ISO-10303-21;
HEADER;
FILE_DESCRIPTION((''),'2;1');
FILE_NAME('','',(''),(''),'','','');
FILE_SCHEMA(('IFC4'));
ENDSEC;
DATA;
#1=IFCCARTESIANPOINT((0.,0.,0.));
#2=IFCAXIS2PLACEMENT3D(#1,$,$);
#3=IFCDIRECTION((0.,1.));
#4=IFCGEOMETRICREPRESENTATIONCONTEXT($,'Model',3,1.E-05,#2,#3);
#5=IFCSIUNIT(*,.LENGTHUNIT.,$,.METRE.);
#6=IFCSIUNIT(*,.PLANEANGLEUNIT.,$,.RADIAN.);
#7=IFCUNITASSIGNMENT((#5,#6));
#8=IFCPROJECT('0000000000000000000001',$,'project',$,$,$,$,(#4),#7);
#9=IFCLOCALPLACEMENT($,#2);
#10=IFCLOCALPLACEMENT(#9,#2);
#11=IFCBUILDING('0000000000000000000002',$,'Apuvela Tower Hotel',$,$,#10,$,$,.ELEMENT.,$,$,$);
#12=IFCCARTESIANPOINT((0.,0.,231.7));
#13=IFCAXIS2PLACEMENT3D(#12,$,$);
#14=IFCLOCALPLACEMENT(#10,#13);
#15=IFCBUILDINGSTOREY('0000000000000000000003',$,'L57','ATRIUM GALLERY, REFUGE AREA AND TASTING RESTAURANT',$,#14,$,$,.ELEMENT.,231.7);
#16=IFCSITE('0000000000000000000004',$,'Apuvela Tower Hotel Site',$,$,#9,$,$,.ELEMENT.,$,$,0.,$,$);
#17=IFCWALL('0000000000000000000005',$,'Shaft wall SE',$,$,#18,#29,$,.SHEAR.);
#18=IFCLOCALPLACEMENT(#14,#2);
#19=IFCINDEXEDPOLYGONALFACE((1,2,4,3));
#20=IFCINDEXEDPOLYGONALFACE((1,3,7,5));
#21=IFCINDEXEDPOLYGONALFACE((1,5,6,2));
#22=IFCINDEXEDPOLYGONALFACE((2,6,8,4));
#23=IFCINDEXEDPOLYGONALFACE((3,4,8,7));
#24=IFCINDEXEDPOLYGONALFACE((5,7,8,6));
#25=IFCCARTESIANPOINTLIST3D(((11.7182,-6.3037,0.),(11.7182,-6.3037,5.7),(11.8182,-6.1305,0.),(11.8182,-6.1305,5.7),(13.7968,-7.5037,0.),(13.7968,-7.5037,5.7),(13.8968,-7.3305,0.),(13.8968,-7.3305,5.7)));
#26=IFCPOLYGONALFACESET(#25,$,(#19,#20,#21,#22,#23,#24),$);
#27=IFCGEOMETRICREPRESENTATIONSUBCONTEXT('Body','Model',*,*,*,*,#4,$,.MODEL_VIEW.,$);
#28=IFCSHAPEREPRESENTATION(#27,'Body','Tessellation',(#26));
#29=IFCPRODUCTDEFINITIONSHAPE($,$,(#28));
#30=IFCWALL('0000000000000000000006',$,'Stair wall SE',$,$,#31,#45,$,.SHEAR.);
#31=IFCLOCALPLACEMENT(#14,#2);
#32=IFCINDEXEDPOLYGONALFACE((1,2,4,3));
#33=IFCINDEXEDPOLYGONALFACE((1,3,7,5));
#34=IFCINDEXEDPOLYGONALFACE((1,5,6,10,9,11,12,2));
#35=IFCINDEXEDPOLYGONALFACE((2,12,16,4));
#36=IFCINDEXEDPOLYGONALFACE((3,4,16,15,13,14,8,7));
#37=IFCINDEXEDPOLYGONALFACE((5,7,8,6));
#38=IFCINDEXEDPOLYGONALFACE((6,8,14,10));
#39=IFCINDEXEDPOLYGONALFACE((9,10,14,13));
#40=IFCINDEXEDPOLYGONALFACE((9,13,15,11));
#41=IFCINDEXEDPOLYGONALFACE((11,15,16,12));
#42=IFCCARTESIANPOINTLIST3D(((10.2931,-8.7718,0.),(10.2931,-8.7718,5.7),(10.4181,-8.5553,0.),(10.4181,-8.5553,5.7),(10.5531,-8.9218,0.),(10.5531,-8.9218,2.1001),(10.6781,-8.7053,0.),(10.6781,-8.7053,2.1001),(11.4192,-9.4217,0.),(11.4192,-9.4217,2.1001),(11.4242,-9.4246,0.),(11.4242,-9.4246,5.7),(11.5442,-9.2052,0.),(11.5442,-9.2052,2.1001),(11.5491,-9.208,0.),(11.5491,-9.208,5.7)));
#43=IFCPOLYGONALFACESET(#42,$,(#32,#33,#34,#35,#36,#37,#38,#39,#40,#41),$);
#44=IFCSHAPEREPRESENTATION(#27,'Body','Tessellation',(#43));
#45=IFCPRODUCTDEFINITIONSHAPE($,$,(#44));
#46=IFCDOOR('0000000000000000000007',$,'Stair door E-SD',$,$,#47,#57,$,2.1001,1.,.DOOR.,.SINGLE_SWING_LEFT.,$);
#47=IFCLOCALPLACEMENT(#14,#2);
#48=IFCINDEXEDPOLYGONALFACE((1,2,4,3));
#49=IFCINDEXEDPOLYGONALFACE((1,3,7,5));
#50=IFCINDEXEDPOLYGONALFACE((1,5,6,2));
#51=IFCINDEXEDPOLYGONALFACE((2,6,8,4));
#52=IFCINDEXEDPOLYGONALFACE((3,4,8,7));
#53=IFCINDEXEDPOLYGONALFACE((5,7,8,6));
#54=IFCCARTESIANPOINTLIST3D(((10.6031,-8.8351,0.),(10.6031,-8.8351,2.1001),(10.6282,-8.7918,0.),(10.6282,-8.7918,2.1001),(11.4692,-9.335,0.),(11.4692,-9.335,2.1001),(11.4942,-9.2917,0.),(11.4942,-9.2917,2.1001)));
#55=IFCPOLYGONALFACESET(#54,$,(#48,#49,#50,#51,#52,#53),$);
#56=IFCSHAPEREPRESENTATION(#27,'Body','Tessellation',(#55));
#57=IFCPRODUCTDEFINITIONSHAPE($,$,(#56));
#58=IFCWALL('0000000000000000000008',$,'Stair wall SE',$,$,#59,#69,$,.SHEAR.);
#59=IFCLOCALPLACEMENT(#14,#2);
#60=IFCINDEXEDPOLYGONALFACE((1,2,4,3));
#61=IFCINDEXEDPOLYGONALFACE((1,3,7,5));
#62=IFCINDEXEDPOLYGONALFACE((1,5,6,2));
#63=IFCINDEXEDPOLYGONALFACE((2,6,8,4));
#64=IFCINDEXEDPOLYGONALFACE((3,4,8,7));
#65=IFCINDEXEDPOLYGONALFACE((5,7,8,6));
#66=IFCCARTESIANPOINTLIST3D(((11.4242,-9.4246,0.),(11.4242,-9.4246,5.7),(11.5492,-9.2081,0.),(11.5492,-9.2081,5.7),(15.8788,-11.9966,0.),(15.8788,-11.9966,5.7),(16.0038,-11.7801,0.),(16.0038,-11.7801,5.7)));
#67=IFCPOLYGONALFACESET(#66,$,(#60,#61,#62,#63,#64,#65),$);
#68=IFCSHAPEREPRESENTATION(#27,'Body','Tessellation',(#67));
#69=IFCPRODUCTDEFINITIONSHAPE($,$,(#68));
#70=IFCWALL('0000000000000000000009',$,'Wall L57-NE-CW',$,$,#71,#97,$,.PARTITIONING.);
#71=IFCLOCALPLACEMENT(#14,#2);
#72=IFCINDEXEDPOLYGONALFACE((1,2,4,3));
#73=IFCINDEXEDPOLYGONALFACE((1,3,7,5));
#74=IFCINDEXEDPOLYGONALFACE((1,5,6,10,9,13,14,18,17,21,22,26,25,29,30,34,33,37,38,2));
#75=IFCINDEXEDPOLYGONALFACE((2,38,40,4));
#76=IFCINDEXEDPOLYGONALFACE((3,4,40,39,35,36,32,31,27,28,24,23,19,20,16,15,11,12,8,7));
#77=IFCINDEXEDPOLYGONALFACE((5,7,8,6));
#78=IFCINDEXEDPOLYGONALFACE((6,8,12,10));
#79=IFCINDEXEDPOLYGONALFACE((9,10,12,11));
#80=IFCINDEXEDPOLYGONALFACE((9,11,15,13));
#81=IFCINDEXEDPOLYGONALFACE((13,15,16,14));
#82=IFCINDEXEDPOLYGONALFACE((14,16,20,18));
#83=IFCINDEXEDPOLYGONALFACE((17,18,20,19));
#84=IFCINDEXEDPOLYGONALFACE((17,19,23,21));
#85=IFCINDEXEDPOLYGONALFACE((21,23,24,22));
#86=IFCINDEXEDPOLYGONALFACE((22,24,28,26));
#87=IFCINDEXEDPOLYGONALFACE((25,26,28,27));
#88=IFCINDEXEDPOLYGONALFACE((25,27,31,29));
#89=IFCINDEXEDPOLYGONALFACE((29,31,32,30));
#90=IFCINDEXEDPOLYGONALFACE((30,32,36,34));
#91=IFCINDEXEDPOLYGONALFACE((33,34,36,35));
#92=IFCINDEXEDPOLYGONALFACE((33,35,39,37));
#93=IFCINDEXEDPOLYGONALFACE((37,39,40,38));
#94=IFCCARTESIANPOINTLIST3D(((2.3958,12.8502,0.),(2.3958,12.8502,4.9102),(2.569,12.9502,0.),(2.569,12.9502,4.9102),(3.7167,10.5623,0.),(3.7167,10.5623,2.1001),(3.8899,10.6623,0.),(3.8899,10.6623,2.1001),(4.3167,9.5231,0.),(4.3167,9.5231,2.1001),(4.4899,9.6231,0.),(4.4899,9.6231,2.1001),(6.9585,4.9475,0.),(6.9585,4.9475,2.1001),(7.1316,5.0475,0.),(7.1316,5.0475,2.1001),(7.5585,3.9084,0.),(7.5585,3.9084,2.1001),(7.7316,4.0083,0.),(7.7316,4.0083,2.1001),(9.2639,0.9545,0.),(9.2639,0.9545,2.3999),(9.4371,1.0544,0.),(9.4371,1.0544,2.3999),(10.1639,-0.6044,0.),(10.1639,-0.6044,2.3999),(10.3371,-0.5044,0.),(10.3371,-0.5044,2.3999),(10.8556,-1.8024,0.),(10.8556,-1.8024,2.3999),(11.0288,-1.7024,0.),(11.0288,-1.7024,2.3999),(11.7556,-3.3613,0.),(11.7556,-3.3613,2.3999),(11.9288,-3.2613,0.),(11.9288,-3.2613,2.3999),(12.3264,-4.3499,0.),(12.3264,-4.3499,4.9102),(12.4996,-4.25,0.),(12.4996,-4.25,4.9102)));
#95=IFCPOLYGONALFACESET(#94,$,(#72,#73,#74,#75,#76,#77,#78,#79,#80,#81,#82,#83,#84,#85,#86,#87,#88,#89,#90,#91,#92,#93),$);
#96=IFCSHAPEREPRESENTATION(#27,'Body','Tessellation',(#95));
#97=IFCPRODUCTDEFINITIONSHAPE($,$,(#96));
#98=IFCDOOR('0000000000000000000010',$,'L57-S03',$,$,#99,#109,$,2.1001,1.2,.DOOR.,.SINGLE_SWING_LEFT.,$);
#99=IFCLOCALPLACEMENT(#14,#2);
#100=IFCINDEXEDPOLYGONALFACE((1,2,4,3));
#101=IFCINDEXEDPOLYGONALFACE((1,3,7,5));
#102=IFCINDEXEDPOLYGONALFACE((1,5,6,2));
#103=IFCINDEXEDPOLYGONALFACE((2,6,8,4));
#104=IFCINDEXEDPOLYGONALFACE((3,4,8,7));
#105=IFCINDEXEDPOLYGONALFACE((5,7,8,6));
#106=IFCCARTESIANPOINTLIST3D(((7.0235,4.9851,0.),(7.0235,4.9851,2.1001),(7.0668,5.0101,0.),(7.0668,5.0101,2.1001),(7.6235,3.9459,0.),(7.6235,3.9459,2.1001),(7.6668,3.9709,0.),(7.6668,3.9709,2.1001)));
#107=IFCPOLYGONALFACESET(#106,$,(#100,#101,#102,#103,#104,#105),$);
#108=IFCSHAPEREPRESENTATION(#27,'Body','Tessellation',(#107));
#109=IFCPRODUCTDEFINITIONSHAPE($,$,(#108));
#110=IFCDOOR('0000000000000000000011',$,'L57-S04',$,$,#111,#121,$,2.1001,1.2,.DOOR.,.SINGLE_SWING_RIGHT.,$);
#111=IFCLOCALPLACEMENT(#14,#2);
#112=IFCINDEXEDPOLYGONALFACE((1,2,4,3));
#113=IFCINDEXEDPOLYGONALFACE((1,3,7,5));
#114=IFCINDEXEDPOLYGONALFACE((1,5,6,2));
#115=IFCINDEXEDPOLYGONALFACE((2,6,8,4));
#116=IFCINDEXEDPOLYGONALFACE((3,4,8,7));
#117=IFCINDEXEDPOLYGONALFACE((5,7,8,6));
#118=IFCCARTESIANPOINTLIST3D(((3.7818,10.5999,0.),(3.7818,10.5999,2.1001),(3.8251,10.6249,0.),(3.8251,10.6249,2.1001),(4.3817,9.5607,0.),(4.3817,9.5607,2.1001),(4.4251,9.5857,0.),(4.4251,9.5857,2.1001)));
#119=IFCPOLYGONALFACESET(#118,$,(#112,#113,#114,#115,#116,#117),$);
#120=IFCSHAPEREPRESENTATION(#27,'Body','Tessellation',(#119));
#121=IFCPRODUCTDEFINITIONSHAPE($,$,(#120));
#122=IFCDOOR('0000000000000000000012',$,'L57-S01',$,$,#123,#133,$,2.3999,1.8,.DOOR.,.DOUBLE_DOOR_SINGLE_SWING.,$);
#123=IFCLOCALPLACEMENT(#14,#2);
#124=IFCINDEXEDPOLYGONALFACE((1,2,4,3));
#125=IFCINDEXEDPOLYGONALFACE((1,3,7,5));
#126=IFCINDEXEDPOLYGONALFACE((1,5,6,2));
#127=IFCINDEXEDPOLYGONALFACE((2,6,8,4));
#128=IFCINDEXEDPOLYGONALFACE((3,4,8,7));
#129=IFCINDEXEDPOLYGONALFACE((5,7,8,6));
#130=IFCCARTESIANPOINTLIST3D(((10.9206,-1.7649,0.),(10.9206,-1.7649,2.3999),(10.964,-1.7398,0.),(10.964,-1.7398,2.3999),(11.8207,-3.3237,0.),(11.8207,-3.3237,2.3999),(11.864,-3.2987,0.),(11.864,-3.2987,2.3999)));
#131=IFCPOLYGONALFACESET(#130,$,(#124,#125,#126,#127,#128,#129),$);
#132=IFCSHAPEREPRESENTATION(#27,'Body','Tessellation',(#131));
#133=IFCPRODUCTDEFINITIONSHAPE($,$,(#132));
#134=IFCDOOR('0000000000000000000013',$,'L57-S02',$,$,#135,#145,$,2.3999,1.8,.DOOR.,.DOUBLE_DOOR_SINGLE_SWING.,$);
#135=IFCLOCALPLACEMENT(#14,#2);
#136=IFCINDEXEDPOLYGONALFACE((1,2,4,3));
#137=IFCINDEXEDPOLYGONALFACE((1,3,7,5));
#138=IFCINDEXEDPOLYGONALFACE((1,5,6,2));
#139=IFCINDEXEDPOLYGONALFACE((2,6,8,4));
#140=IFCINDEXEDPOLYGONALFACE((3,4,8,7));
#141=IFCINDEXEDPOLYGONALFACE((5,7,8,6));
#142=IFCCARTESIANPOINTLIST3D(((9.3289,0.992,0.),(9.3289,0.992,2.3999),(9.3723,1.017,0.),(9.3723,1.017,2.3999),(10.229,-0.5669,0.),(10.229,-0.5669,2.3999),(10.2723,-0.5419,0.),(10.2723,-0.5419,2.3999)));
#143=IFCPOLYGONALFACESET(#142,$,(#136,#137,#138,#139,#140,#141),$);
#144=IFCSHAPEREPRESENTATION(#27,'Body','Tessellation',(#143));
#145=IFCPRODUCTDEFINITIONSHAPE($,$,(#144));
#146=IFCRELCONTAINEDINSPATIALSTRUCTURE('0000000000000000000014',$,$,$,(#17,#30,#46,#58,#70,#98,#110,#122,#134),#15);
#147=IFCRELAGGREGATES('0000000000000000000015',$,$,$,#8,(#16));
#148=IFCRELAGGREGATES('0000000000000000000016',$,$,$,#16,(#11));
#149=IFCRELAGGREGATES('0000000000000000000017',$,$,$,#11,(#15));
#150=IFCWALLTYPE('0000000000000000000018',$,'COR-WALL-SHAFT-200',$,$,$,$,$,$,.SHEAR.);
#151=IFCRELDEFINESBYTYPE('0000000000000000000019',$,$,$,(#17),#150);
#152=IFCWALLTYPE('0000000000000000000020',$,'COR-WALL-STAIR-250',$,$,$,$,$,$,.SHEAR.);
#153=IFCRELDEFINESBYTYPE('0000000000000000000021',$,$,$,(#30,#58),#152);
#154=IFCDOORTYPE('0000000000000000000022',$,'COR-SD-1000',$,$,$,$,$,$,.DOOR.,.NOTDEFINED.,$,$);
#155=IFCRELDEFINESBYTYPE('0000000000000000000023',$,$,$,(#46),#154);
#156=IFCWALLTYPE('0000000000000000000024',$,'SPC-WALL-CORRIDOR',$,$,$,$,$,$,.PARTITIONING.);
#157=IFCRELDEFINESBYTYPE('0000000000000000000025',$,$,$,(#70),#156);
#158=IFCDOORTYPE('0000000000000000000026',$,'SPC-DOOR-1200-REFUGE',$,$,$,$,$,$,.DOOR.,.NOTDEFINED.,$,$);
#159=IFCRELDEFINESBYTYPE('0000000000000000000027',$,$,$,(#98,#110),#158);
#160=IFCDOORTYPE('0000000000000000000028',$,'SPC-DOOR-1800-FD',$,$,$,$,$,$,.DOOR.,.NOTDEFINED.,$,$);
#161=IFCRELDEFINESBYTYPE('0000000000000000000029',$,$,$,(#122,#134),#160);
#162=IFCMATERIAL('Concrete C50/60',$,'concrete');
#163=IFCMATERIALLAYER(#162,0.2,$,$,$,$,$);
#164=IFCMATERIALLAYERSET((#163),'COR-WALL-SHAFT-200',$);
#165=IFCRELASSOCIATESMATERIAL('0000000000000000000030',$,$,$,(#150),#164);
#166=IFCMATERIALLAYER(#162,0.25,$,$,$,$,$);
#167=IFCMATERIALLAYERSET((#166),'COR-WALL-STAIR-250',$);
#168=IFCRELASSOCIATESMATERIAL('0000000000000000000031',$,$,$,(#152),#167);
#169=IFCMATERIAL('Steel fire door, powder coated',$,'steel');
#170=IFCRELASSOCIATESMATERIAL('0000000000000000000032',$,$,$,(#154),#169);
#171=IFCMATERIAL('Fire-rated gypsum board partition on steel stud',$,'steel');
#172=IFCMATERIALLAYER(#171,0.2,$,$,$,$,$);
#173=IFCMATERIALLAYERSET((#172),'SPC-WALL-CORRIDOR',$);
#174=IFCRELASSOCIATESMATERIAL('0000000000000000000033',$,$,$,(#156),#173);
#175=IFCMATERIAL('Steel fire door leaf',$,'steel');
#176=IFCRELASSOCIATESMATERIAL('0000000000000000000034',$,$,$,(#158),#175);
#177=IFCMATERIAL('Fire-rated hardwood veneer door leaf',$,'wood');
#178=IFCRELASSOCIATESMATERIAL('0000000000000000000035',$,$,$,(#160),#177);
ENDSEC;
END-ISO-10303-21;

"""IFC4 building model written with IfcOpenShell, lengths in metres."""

from ifc_helpers import new_model, si_unit, direction, frame, frame_2d, origin, place, context, subcontext, project, spatial, rectangle, extrude, material, layer, layer_set, type_object, element, fill, save


model = new_model("IFC4")

# Units and contexts
model_context = context("Model", 3, precision=1e-05, world=origin(), true_north=direction((0.0, 1.0)))
body_context = subcontext(model_context, "Body", "Model", "MODEL_VIEW")
ifc_project = project(units=[si_unit("LENGTHUNIT", "METRE"), si_unit("PLANEANGLEUNIT", "RADIAN")], contexts=[model_context])

# Site, building, storey
site_placement = place(None, origin())
site = spatial("IfcSite", under=ifc_project, at=site_placement, Name="Apuvela Tower Hotel Site", CompositionType="ELEMENT", RefElevation=0.0)
building_placement = place(site_placement, origin())
building = spatial("IfcBuilding", under=site, at=building_placement, Name="Apuvela Tower Hotel", CompositionType="ELEMENT")
storey_placement = place(building_placement, frame((0.0, 0.0, 231.7)))
storey = spatial("IfcBuildingStorey", under=building, at=storey_placement, Name="L57", Description="ATRIUM GALLERY, REFUGE AREA AND TASTING RESTAURANT", CompositionType="ELEMENT", Elevation=231.7)

# Shared definitions
ifc_material_1 = material(Name="Concrete C50/60", Category="concrete")

# Shared definitions
ifc_material_2 = material(Name="Steel fire door, powder coated", Category="steel")

# Shared definitions
ifc_layer_1 = layer(ifc_material_1, 0.2)
ifc_layer_set_1 = layer_set([ifc_layer_1], Name="COR-WALL-SHAFT-200")
wall_type_1 = type_object("IfcWallType", Name="COR-WALL-SHAFT-200", PredefinedType="SHEAR", material=ifc_layer_set_1)

# Wall
wall_1_placement = place(storey_placement, frame((11.7681, -6.217, 0.0), z_axis=(0.0, 0.0, 1.0), x_axis=(0.86605, -0.499957, 0.0)))
element("IfcWall", 1, at=wall_1_placement, inside=storey, type_object=wall_type_1, Name="Shaft wall SE", PredefinedType="SHEAR", context=body_context, shape_type="SweptSolid", body=[
    extrude(rectangle(XDim=2.4001, YDim=0.2, at=frame_2d((1.2002, 0.0))), origin(), (0.0, 0.0, 1.0), 5.7),
])

# Wall, opening, door
ifc_layer_2 = layer(ifc_material_1, 0.25)
ifc_layer_set_2 = layer_set([ifc_layer_2], Name="COR-WALL-STAIR-250")
wall_type_2 = type_object("IfcWallType", Name="COR-WALL-STAIR-250", PredefinedType="SHEAR", material=ifc_layer_set_2)
wall_2_placement = place(storey_placement, frame((10.3557, -8.6636, 0.0), z_axis=(0.0, 0.0, 1.0), x_axis=(0.866095, -0.499879, 0.0)))
wall_2 = element("IfcWall", 2, at=wall_2_placement, inside=storey, type_object=wall_type_2, Name="Stair wall SE", PredefinedType="SHEAR", context=body_context, shape_type="SweptSolid", body=[
    extrude(rectangle(XDim=1.3059, YDim=0.25, at=frame_2d((0.6528, 0.0))), origin(), (0.0, 0.0, 1.0), 5.7),
])
opening_1_placement = place(wall_2_placement, frame((0.3, 0.0, 0.0)))
opening_1 = element("IfcOpeningElement", 3, at=opening_1_placement, cuts=wall_2, PredefinedType="OPENING", context=body_context, shape_type="SweptSolid", body=[
    extrude(rectangle(XDim=1.0, YDim=2.1001, at=frame_2d((0.5, 1.05))), frame((0.0, 0.135, 0.0), z_axis=(0.0, -1.0, 0.0), x_axis=(1.0, 0.0, 0.0)), (0.0, 0.0, 1.0), 0.27),
])
door_type_1 = type_object("IfcDoorType", Name="COR-SD-1000", OperationType="NOTDEFINED", PredefinedType="DOOR", material=ifc_material_2)
door_1_placement = place(opening_1_placement, frame((1.0, 0.0, 0.0), z_axis=(0.0, 0.0, 1.0), x_axis=(-1.0, 0.0, 0.0)))
door_1 = element("IfcDoor", 4, at=door_1_placement, inside=storey, type_object=door_type_1, Name="Stair door E-SD", OperationType="SINGLE_SWING_LEFT", OverallHeight=2.1001, OverallWidth=1.0, PredefinedType="DOOR", context=body_context, shape_type="SweptSolid", body=[
    extrude(rectangle(XDim=1.0, YDim=2.1001, at=frame_2d((0.5, 1.05))), frame((0.0, 0.0249, 0.0), z_axis=(0.0, -1.0, 0.0), x_axis=(1.0, 0.0, 0.0)), (0.0, 0.0, 1.0), 0.05),
])
fill(opening_1, door_1)

# Wall
wall_3_placement = place(storey_placement, frame((11.4868, -9.3164, 0.0), z_axis=(0.0, 0.0, 1.0), x_axis=(0.866012, -0.500024, 0.0)))
element("IfcWall", 5, at=wall_3_placement, inside=storey, type_object=wall_type_2, Name="Stair wall SE", PredefinedType="SHEAR", context=body_context, shape_type="SweptSolid", body=[
    extrude(rectangle(XDim=5.1438, YDim=0.25, at=frame_2d((2.5718, 0.0))), origin(), (0.0, 0.0, 1.0), 5.7),
])

# Wall, openings, doors
ifc_material_3 = material(Name="Fire-rated gypsum board partition on steel stud", Category="steel")
ifc_layer_3 = layer(ifc_material_3, 0.2)
ifc_layer_set_3 = layer_set([ifc_layer_3], Name="SPC-WALL-CORRIDOR")
wall_type_3 = type_object("IfcWallType", Name="SPC-WALL-CORRIDOR", PredefinedType="PARTITIONING", material=ifc_layer_set_3)
wall_4_placement = place(storey_placement, frame((12.4131, -4.3, 0.0), z_axis=(0.0, 0.0, 1.0), x_axis=(-0.500005, 0.866023, 0.0)))
wall_4 = element("IfcWall", 6, at=wall_4_placement, inside=storey, type_object=wall_type_3, Name="Wall L57-NE-CW", PredefinedType="PARTITIONING", context=body_context, shape_type="SweptSolid", body=[
    extrude(rectangle(XDim=19.8611, YDim=0.2, at=frame_2d((9.9307, 0.0))), origin(), (0.0, 0.0, 1.0), 4.9102),
])
opening_2_placement = place(wall_4_placement, frame((1.1418, 0.0, 0.0)))
opening_2 = element("IfcOpeningElement", 7, at=opening_2_placement, cuts=wall_4, PredefinedType="OPENING", context=body_context, shape_type="SweptSolid", body=[
    extrude(rectangle(XDim=1.8, YDim=2.3999, at=frame_2d((0.8999, 1.2))), frame((0.0, 0.1099, 0.0), z_axis=(0.0, -1.0, 0.0), x_axis=(1.0, 0.0, 0.0)), (0.0, 0.0, 1.0), 0.22),
])
opening_3_placement = place(wall_4_placement, frame((4.3252, 0.0, 0.0)))
opening_3 = element("IfcOpeningElement", 8, at=opening_3_placement, cuts=wall_4, PredefinedType="OPENING", context=body_context, shape_type="SweptSolid", body=[
    extrude(rectangle(XDim=1.8, YDim=2.3999, at=frame_2d((0.8999, 1.2))), frame((0.0, 0.1099, 0.0), z_axis=(0.0, -1.0, 0.0), x_axis=(1.0, 0.0, 0.0)), (0.0, 0.0, 1.0), 0.22),
])
opening_4_placement = place(wall_4_placement, frame((9.5359, 0.0, 0.0)))
opening_4 = element("IfcOpeningElement", 9, at=opening_4_placement, cuts=wall_4, PredefinedType="OPENING", context=body_context, shape_type="SweptSolid", body=[
    extrude(rectangle(XDim=1.2, YDim=2.1001, at=frame_2d((0.6001, 1.05))), frame((0.0, 0.1099, 0.0), z_axis=(0.0, -1.0, 0.0), x_axis=(1.0, 0.0, 0.0)), (0.0, 0.0, 1.0), 0.22),
])
opening_5_placement = place(wall_4_placement, frame((16.0193, 0.0, 0.0)))
opening_5 = element("IfcOpeningElement", 10, at=opening_5_placement, cuts=wall_4, PredefinedType="OPENING", context=body_context, shape_type="SweptSolid", body=[
    extrude(rectangle(XDim=1.2, YDim=2.1001, at=frame_2d((0.6001, 1.05))), frame((0.0, 0.1099, 0.0), z_axis=(0.0, -1.0, 0.0), x_axis=(1.0, 0.0, 0.0)), (0.0, 0.0, 1.0), 0.22),
])
ifc_material_4 = material(Name="Steel fire door leaf", Category="steel")
door_type_2 = type_object("IfcDoorType", Name="SPC-DOOR-1200-REFUGE", OperationType="NOTDEFINED", PredefinedType="DOOR", material=ifc_material_4)
door_2_placement = place(opening_4_placement, origin())
door_2 = element("IfcDoor", 11, at=door_2_placement, inside=storey, type_object=door_type_2, Name="L57-S03", OperationType="SINGLE_SWING_LEFT", OverallHeight=2.1001, OverallWidth=1.2, PredefinedType="DOOR", context=body_context, shape_type="SweptSolid", body=[
    extrude(rectangle(XDim=1.2, YDim=2.1001, at=frame_2d((0.6001, 1.05))), frame((0.0, 0.0249, 0.0), z_axis=(0.0, -1.0, 0.0), x_axis=(1.0, 0.0, 0.0)), (0.0, 0.0, 1.0), 0.05),
])
fill(opening_4, door_2)
door_3_placement = place(opening_5_placement, origin())
door_3 = element("IfcDoor", 12, at=door_3_placement, inside=storey, type_object=door_type_2, Name="L57-S04", OperationType="SINGLE_SWING_RIGHT", OverallHeight=2.1001, OverallWidth=1.2, PredefinedType="DOOR", context=body_context, shape_type="SweptSolid", body=[
    extrude(rectangle(XDim=1.2, YDim=2.1001, at=frame_2d((0.6001, 1.05))), frame((0.0, 0.0249, 0.0), z_axis=(0.0, -1.0, 0.0), x_axis=(1.0, 0.0, 0.0)), (0.0, 0.0, 1.0), 0.05),
])
fill(opening_5, door_3)
ifc_material_5 = material(Name="Fire-rated hardwood veneer door leaf", Category="wood")
door_type_3 = type_object("IfcDoorType", Name="SPC-DOOR-1800-FD", OperationType="NOTDEFINED", PredefinedType="DOOR", material=ifc_material_5)
door_4_placement = place(opening_2_placement, origin())
door_4 = element("IfcDoor", 13, at=door_4_placement, inside=storey, type_object=door_type_3, Name="L57-S01", OperationType="DOUBLE_DOOR_SINGLE_SWING", OverallHeight=2.3999, OverallWidth=1.8, PredefinedType="DOOR", context=body_context, shape_type="SweptSolid", body=[
    extrude(rectangle(XDim=1.8, YDim=2.3999, at=frame_2d((0.8999, 1.2))), frame((0.0, 0.0249, 0.0), z_axis=(0.0, -1.0, 0.0), x_axis=(1.0, 0.0, 0.0)), (0.0, 0.0, 1.0), 0.05),
])
fill(opening_2, door_4)
door_5_placement = place(opening_3_placement, origin())
door_5 = element("IfcDoor", 14, at=door_5_placement, inside=storey, type_object=door_type_3, Name="L57-S02", OperationType="DOUBLE_DOOR_SINGLE_SWING", OverallHeight=2.3999, OverallWidth=1.8, PredefinedType="DOOR", context=body_context, shape_type="SweptSolid", body=[
    extrude(rectangle(XDim=1.8, YDim=2.3999, at=frame_2d((0.8999, 1.2))), frame((0.0, 0.0249, 0.0), z_axis=(0.0, -1.0, 0.0), x_axis=(1.0, 0.0, 0.0)), (0.0, 0.0, 1.0), 0.05),
])
fill(opening_3, door_5)

save(model, "model.ifc")
